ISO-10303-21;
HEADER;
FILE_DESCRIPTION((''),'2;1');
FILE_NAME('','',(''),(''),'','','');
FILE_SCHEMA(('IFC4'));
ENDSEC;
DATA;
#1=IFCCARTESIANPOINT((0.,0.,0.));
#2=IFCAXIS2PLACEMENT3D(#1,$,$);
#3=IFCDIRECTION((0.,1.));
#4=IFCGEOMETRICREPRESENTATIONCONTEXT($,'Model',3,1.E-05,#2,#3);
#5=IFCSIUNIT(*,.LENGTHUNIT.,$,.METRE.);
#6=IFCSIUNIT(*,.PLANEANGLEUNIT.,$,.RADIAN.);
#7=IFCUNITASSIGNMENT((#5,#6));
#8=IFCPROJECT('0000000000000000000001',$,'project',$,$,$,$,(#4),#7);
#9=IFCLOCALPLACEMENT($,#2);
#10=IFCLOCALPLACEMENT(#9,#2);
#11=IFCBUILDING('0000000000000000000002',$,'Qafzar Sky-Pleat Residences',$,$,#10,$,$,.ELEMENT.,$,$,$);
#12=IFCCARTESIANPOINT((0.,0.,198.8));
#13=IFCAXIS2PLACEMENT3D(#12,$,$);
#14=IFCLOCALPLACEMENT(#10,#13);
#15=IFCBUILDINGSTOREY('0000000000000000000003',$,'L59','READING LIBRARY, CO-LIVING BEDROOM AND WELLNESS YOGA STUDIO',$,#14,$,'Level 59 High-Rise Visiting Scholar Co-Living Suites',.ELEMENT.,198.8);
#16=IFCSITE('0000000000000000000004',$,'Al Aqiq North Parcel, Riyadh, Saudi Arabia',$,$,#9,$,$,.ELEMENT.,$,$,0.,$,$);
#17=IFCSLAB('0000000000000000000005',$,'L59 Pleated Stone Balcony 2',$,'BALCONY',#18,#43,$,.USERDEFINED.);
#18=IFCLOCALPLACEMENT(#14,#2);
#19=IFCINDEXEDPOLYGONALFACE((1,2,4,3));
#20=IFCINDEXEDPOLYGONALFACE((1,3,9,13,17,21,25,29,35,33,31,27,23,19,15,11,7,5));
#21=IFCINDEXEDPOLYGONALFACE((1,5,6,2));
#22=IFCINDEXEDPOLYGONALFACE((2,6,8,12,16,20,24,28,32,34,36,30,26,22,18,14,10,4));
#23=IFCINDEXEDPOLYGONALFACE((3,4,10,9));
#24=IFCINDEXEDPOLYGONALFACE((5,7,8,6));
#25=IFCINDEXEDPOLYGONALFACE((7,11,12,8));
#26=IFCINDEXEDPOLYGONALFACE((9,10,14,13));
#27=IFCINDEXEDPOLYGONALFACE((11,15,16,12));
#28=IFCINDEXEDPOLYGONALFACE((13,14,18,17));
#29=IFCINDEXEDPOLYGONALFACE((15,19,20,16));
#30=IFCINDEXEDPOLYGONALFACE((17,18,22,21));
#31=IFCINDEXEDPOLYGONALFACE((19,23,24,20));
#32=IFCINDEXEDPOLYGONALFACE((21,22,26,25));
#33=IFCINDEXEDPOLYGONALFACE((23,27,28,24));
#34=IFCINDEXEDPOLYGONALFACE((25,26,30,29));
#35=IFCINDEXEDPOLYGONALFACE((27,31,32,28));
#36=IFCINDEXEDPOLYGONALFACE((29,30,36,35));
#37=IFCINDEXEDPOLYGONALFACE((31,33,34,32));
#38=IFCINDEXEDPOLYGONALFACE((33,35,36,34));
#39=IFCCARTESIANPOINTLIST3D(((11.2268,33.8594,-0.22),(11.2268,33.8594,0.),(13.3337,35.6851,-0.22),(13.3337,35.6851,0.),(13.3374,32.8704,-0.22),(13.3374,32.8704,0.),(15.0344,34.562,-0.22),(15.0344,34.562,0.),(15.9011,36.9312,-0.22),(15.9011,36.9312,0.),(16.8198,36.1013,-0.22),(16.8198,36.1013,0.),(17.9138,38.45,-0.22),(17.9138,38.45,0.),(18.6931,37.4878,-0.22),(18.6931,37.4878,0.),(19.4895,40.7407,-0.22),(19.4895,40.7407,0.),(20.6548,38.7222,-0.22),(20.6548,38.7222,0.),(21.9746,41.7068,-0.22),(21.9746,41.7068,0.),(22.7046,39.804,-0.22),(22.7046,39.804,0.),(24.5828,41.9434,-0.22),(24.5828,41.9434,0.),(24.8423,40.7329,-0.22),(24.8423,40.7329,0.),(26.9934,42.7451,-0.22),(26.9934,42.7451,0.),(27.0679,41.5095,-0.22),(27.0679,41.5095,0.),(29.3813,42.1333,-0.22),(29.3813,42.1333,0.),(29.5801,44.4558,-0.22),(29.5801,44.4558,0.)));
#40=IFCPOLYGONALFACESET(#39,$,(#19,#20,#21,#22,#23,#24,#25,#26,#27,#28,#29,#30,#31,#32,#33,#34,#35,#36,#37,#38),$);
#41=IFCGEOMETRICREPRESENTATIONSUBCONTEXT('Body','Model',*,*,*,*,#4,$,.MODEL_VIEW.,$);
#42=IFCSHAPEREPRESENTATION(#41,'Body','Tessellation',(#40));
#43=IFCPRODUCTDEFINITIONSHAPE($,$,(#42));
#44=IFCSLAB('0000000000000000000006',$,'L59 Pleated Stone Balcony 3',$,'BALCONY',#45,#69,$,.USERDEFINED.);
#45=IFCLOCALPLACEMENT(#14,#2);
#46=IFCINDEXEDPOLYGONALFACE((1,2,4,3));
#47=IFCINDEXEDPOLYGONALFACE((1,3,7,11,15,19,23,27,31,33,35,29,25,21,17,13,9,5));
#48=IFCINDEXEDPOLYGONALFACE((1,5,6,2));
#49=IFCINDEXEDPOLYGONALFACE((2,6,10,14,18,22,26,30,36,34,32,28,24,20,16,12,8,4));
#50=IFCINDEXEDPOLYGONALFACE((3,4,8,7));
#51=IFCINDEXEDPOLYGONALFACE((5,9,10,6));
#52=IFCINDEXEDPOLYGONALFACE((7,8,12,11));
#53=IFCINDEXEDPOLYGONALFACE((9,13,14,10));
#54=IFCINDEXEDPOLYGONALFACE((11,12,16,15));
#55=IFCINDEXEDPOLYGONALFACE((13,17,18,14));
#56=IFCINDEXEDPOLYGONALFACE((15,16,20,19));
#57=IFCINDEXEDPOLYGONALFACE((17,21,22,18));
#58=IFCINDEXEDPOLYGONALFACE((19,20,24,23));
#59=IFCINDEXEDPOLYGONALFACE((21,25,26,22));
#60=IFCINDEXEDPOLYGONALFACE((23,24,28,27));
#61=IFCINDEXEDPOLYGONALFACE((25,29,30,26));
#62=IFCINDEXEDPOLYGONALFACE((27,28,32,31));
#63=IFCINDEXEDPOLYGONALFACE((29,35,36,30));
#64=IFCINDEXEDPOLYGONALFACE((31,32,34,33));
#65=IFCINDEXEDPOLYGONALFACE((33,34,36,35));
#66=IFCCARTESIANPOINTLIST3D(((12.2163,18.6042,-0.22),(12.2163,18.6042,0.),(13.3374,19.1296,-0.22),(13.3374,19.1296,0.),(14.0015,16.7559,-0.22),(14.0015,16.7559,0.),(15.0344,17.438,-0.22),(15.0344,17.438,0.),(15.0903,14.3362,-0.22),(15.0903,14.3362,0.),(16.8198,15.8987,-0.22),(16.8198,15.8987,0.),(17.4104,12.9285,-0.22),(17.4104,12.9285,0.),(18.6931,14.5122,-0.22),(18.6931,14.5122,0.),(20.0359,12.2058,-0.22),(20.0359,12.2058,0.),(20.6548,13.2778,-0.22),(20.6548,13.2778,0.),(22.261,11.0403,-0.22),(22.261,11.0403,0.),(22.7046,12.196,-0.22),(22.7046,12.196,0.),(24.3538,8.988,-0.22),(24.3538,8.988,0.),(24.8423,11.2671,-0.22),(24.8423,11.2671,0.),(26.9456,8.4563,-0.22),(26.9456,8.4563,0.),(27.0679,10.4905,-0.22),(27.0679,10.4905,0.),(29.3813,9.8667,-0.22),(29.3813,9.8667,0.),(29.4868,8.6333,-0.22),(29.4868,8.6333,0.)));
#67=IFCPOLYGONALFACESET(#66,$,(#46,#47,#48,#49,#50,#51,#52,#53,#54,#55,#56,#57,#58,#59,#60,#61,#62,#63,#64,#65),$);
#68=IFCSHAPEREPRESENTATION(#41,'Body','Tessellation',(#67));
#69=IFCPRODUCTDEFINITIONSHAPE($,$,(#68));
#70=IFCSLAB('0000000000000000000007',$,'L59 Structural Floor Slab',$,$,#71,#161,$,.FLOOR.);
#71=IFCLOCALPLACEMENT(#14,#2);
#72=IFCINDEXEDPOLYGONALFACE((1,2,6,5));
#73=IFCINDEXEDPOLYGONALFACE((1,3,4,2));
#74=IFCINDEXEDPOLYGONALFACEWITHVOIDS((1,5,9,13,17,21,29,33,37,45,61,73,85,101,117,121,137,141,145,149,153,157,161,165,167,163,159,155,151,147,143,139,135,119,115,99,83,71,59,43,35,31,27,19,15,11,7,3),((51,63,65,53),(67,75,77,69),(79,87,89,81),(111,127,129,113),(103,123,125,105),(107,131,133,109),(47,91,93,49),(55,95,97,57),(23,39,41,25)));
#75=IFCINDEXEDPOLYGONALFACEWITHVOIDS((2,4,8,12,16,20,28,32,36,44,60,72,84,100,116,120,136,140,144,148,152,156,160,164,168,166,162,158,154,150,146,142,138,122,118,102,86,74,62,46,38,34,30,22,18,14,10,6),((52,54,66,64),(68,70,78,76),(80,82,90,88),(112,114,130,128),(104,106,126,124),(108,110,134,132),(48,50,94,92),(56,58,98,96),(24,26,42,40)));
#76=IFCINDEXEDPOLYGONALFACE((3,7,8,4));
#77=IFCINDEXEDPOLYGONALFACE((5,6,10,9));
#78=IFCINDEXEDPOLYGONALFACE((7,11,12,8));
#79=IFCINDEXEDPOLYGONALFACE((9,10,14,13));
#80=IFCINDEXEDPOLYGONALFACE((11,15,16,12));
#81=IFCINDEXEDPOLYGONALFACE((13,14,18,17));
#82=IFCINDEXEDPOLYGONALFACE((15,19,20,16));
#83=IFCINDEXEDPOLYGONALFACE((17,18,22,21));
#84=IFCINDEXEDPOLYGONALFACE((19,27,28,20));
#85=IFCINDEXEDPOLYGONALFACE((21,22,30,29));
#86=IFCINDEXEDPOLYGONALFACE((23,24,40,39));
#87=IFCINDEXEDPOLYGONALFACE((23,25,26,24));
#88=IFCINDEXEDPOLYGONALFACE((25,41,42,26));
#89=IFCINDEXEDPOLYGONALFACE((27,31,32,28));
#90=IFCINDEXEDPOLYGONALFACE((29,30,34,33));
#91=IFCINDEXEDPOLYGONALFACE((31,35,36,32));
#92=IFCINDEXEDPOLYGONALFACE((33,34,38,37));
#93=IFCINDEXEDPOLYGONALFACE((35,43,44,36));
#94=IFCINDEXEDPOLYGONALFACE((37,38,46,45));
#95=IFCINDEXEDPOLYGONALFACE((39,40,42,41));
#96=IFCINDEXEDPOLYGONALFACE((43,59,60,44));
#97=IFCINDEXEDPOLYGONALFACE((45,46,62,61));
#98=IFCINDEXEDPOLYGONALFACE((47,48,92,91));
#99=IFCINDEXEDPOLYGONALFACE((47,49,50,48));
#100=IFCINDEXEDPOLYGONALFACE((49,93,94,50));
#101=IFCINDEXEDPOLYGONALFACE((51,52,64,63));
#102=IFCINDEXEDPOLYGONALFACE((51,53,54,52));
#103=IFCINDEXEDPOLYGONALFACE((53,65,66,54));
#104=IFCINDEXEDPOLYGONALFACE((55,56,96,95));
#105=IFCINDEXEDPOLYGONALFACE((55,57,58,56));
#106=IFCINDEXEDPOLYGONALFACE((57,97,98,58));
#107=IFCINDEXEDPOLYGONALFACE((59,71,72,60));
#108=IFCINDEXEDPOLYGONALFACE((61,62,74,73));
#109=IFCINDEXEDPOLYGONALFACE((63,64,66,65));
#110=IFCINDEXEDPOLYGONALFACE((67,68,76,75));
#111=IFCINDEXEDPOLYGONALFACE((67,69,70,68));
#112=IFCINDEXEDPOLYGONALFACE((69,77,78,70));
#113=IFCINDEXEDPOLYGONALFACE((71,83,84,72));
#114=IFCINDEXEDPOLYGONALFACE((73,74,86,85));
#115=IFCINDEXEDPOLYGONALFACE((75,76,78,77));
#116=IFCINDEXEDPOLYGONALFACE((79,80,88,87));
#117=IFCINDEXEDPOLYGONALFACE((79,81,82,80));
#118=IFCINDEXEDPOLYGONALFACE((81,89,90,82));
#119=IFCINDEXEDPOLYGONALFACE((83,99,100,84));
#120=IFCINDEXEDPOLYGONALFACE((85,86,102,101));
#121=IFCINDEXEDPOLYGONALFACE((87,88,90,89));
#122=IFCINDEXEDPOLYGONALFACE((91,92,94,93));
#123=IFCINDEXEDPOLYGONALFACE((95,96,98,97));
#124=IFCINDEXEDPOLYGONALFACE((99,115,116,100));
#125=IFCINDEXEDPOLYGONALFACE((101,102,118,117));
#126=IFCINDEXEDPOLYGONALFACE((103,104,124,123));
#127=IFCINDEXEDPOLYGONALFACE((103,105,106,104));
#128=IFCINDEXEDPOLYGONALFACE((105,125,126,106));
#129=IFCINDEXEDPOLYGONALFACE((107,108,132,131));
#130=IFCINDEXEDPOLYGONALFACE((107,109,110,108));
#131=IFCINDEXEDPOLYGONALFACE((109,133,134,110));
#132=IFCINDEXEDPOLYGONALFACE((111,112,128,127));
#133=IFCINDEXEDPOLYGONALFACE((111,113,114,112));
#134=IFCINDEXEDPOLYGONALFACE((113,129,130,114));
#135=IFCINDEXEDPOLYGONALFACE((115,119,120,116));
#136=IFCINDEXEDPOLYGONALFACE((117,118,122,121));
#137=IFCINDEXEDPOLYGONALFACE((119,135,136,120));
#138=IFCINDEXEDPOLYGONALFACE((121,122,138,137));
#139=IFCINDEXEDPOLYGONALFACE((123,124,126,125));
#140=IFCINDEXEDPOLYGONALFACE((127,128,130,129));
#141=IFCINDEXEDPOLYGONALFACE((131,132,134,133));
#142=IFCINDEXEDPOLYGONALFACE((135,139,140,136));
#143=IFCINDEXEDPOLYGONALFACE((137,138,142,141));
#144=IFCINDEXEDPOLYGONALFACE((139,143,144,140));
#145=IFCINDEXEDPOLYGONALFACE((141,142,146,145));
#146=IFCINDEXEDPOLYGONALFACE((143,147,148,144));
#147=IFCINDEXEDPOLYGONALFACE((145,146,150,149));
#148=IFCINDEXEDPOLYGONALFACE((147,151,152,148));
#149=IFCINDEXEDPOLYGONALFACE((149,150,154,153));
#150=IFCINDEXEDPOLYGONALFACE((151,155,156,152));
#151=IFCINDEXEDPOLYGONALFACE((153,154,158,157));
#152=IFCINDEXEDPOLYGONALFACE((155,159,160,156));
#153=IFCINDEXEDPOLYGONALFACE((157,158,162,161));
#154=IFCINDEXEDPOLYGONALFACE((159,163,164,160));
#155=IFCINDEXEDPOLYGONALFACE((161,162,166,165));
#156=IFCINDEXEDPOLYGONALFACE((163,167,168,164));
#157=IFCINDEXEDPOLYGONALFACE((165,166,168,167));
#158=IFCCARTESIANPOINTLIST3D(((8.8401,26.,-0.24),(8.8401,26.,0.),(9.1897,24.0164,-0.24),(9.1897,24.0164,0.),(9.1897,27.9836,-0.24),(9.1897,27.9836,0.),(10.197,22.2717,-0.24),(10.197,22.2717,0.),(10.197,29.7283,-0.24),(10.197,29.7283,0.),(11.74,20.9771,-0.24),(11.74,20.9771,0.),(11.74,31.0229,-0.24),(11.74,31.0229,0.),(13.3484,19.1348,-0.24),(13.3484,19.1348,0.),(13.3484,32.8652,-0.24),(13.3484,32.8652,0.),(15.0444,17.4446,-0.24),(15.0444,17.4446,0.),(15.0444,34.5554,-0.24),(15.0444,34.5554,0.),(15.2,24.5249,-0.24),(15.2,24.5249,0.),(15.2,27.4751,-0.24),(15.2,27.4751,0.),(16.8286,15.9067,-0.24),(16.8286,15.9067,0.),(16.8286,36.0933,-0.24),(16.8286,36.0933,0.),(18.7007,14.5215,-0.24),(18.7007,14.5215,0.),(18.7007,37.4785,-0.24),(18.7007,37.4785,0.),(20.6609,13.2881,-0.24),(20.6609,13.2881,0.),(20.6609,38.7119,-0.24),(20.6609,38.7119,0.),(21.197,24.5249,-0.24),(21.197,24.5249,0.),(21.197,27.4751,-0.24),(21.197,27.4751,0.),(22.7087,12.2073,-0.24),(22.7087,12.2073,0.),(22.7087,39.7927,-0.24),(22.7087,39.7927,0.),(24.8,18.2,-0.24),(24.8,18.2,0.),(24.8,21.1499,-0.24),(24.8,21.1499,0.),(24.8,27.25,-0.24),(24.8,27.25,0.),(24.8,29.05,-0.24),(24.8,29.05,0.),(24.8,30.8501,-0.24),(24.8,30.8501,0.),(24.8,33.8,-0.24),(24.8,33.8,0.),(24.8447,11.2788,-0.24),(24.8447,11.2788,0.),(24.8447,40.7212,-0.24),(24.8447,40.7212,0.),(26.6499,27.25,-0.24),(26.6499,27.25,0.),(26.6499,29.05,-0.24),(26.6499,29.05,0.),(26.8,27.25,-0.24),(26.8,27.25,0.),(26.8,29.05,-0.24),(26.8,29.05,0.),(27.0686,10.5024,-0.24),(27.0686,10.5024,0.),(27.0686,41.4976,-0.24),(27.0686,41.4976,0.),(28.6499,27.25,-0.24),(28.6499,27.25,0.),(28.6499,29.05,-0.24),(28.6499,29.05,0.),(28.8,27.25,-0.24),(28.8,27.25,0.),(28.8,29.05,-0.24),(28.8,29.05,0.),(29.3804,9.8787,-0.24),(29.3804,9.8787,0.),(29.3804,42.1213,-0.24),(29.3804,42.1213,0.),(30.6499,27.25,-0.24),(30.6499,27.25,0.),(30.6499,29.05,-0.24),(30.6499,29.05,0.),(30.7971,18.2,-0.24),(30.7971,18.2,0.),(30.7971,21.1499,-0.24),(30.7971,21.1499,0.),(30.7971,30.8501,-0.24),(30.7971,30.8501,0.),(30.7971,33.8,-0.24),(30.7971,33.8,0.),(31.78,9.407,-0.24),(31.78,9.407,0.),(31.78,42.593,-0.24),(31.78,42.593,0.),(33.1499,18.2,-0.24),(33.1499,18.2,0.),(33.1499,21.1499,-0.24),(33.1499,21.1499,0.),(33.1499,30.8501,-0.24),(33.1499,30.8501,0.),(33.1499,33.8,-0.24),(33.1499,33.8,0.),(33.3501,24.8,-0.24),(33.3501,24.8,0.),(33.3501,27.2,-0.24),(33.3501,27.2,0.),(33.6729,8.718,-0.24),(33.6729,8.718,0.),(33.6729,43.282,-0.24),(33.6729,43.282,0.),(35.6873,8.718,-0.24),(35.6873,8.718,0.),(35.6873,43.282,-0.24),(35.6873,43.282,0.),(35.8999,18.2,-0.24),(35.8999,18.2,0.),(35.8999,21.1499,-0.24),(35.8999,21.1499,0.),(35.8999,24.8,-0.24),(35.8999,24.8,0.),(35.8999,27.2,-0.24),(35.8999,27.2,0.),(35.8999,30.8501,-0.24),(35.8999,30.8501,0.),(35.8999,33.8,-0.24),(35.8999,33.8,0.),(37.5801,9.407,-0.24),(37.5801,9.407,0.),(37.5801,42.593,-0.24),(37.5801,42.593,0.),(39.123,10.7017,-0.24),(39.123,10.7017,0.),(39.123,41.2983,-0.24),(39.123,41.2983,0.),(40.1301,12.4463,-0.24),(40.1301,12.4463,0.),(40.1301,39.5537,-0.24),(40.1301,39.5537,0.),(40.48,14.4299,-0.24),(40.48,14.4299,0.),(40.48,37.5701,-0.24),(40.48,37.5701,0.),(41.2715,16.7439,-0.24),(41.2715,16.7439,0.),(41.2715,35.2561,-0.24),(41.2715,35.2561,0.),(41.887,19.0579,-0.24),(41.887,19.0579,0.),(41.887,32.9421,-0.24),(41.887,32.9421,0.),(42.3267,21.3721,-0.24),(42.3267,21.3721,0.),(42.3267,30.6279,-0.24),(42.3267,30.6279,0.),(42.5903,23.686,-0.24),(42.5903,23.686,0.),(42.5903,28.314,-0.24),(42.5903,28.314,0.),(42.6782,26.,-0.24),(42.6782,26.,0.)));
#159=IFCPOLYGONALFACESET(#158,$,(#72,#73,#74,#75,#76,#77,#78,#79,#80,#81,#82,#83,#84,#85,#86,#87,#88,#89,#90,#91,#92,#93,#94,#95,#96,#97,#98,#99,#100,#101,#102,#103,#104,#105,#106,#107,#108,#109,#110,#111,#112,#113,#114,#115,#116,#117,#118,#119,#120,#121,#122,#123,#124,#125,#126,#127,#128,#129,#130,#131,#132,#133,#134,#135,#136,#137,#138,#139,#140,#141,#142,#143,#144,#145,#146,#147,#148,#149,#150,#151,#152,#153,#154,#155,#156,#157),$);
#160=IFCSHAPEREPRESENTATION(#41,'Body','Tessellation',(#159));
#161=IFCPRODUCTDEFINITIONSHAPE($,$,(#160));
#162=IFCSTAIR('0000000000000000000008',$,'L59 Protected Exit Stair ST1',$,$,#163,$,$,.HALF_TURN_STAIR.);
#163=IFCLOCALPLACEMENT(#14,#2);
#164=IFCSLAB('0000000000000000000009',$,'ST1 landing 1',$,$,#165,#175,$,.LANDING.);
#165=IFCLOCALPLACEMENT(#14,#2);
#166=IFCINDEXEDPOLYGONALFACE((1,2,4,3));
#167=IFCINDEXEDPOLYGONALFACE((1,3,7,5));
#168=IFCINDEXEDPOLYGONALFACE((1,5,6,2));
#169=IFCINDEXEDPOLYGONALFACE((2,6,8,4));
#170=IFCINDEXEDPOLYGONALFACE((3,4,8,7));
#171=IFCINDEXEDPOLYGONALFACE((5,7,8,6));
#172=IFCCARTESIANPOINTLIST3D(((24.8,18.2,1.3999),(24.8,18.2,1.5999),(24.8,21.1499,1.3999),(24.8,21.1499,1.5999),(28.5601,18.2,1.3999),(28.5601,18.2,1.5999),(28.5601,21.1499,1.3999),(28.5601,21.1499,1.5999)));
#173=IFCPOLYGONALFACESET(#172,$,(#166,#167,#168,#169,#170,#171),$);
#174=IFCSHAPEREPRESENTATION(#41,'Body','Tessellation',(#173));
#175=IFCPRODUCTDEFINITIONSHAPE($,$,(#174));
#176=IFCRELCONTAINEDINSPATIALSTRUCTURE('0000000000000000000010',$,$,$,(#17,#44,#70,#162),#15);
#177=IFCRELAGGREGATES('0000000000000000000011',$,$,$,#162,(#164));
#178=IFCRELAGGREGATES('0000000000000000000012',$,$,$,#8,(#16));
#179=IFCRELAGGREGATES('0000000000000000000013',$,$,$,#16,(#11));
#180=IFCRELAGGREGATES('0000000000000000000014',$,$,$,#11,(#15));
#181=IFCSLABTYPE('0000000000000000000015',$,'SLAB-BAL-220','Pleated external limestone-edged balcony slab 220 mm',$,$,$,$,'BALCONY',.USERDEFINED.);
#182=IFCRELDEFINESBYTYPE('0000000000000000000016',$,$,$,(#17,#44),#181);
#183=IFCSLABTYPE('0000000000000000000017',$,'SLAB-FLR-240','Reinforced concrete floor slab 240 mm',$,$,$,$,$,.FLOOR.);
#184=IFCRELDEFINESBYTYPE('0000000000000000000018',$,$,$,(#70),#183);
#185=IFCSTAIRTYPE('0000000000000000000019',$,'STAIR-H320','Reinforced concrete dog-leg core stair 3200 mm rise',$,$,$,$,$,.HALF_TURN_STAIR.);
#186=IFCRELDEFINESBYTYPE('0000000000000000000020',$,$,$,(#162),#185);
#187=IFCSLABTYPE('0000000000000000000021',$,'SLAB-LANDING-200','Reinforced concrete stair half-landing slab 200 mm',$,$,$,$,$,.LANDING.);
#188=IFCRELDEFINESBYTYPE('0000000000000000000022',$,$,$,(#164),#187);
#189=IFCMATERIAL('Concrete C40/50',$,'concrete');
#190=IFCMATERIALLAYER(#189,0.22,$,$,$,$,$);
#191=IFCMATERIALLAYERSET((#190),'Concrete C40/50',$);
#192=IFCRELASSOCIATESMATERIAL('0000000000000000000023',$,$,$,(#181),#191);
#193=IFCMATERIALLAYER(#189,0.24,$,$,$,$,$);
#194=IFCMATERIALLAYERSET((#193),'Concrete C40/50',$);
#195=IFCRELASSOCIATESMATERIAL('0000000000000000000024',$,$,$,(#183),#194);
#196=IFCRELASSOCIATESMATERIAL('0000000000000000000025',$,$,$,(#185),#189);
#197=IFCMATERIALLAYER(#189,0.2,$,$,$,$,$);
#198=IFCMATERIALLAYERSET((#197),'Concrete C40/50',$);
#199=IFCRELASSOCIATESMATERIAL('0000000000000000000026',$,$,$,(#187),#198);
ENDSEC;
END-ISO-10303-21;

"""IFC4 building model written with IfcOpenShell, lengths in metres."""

from ifc_helpers import new_model, si_unit, direction, frame, origin, place, context, subcontext, project, spatial, polyline, outline, extrude, material, layer, layer_set, type_object, element, aggregate, save


model = new_model("IFC4")

# Units and contexts
model_context = context("Model", 3, precision=1e-05, world=origin(), true_north=direction((0.0, 1.0)))
body_context = subcontext(model_context, "Body", "Model", "MODEL_VIEW")
ifc_project = project(units=[si_unit("LENGTHUNIT", "METRE"), si_unit("PLANEANGLEUNIT", "RADIAN")], contexts=[model_context])

# Site, building, storey
site_placement = place(None, origin())
site = spatial("IfcSite", under=ifc_project, at=site_placement, Name="Al Aqiq North Parcel, Riyadh, Saudi Arabia", CompositionType="ELEMENT", RefElevation=0.0)
building_placement = place(site_placement, origin())
building = spatial("IfcBuilding", under=site, at=building_placement, Name="Qafzar Sky-Pleat Residences", CompositionType="ELEMENT")
storey_placement = place(building_placement, frame((0.0, 0.0, 198.8)))
storey = spatial("IfcBuildingStorey", under=building, at=storey_placement, Name="L59", Description="READING LIBRARY, CO-LIVING BEDROOM AND WELLNESS YOGA STUDIO", LongName="Level 59 High-Rise Visiting Scholar Co-Living Suites", CompositionType="ELEMENT", Elevation=198.8)

# Slabs
ifc_material_1 = material(Name="Concrete C40/50", Category="concrete")
ifc_layer_1 = layer(ifc_material_1, 0.22)
ifc_layer_set_1 = layer_set([ifc_layer_1], Name="Concrete C40/50")
slab_type_1 = type_object("IfcSlabType", Name="SLAB-BAL-220", Description="Pleated external limestone-edged balcony slab 220 mm", ElementType="BALCONY", PredefinedType="USERDEFINED", material=ifc_layer_set_1)
slab_1_placement = place(storey_placement, frame((0.0, 0.0, -0.22)))
element("IfcSlab", 1, at=slab_1_placement, inside=storey, type_object=slab_type_1, Name="L59 Pleated Stone Balcony 2", ObjectType="BALCONY", PredefinedType="USERDEFINED", context=body_context, shape_type="SweptSolid", body=[
    extrude(outline(polyline([(27.0679, 41.5095), (24.8423, 40.7329), (22.7046, 39.804), (20.6548, 38.7222), (18.6931, 37.4878), (16.8198, 36.1013), (15.0344, 34.562), (13.3374, 32.8704), (11.2268, 33.8594), (13.3337, 35.6851), (15.9011, 36.9312), (17.9138, 38.45), (19.4895, 40.7407), (21.9746, 41.7068), (24.5828, 41.9434), (26.9934, 42.7451), (29.5801, 44.4558), (29.3813, 42.1333), (27.0679, 41.5095)])), origin(), (0.0, 0.0, 1.0), 0.22),
])
slab_2_placement = place(storey_placement, frame((0.0, 0.0, -0.22)))
element("IfcSlab", 2, at=slab_2_placement, inside=storey, type_object=slab_type_1, Name="L59 Pleated Stone Balcony 3", ObjectType="BALCONY", PredefinedType="USERDEFINED", context=body_context, shape_type="SweptSolid", body=[
    extrude(outline(polyline([(15.0344, 17.438), (16.8198, 15.8987), (18.6931, 14.5122), (20.6548, 13.2778), (22.7046, 12.196), (24.8423, 11.2671), (27.0679, 10.4905), (29.3813, 9.8667), (29.4868, 8.6333), (26.9456, 8.4563), (24.3538, 8.988), (22.261, 11.0403), (20.0359, 12.2058), (17.4104, 12.9285), (15.0903, 14.3362), (14.0015, 16.7559), (12.2163, 18.6042), (13.3374, 19.1296), (15.0344, 17.438)])), origin(), (0.0, 0.0, 1.0), 0.22),
])
ifc_layer_2 = layer(ifc_material_1, 0.24)
ifc_layer_set_2 = layer_set([ifc_layer_2], Name="Concrete C40/50")
slab_type_2 = type_object("IfcSlabType", Name="SLAB-FLR-240", Description="Reinforced concrete floor slab 240 mm", PredefinedType="FLOOR", material=ifc_layer_set_2)
slab_3_placement = place(storey_placement, frame((0.0, 0.0, -0.24)))
element("IfcSlab", 3, at=slab_3_placement, inside=storey, type_object=slab_type_2, Name="L59 Structural Floor Slab", PredefinedType="FLOOR", context=body_context, shape_type="SweptSolid", body=[
    extrude(outline(polyline([(11.74, 31.0229), (10.197, 29.7283), (9.1897, 27.9836), (8.8401, 26.0), (9.1897, 24.0164), (10.197, 22.2717), (11.74, 20.9771), (13.3484, 19.1348), (15.0444, 17.4446), (16.8286, 15.9067), (18.7007, 14.5215), (20.6609, 13.2881), (22.7087, 12.2073), (24.8447, 11.2788), (27.0686, 10.5024), (29.3804, 9.8787), (31.78, 9.407), (33.6729, 8.718), (35.6873, 8.718), (37.5801, 9.407), (39.123, 10.7017), (40.1301, 12.4463), (40.48, 14.4299), (41.2715, 16.7439), (41.887, 19.0579), (42.3267, 21.3721), (42.5903, 23.686), (42.6782, 26.0), (42.5903, 28.314), (42.3267, 30.6279), (41.887, 32.9421), (41.2715, 35.2561), (40.48, 37.5701), (40.1301, 39.5537), (39.123, 41.2983), (37.5801, 42.593), (35.6873, 43.282), (33.6729, 43.282), (31.78, 42.593), (29.3804, 42.1213), (27.0686, 41.4976), (24.8447, 40.7212), (22.7087, 39.7927), (20.6609, 38.7119), (18.7007, 37.4785), (16.8286, 36.0933), (15.0444, 34.5554), (13.3484, 32.8652), (11.74, 31.0229)]), holes=[polyline([(30.7971, 21.1499), (24.8, 21.1499), (24.8, 18.2), (30.7971, 18.2), (30.7971, 21.1499)]), polyline([(30.7971, 33.8), (24.8, 33.8), (24.8, 30.8501), (30.7971, 30.8501), (30.7971, 33.8)]), polyline([(21.197, 27.4751), (15.2, 27.4751), (15.2, 24.5249), (21.197, 24.5249), (21.197, 27.4751)]), polyline([(24.8, 27.25), (26.6499, 27.25), (26.6499, 29.05), (24.8, 29.05), (24.8, 27.25)]), polyline([(26.8, 27.25), (28.6499, 27.25), (28.6499, 29.05), (26.8, 29.05), (26.8, 27.25)]), polyline([(28.8, 27.25), (30.6499, 27.25), (30.6499, 29.05), (28.8, 29.05), (28.8, 27.25)]), polyline([(33.1499, 18.2), (35.8999, 18.2), (35.8999, 21.1499), (33.1499, 21.1499), (33.1499, 18.2)]), polyline([(33.1499, 30.8501), (35.8999, 30.8501), (35.8999, 33.8), (33.1499, 33.8), (33.1499, 30.8501)]), polyline([(33.3501, 24.8), (35.8999, 24.8), (35.8999, 27.2), (33.3501, 27.2), (33.3501, 24.8)])]), origin(), (0.0, 0.0, 1.0), 0.24),
])

# Stair, slab
stair_type = type_object("IfcStairType", Name="STAIR-H320", Description="Reinforced concrete dog-leg core stair 3200 mm rise", PredefinedType="HALF_TURN_STAIR", material=ifc_material_1)
stair_1_placement = place(storey_placement, origin())
stair_1 = element("IfcStair", 4, at=stair_1_placement, inside=storey, type_object=stair_type, Name="L59 Protected Exit Stair ST1", PredefinedType="HALF_TURN_STAIR")
ifc_layer_3 = layer(ifc_material_1, 0.2)
ifc_layer_set_3 = layer_set([ifc_layer_3], Name="Concrete C40/50")
slab_type_3 = type_object("IfcSlabType", Name="SLAB-LANDING-200", Description="Reinforced concrete stair half-landing slab 200 mm", PredefinedType="LANDING", material=ifc_layer_set_3)
slab_4_placement = place(storey_placement, frame((0.0, 0.0, 1.3999)))
slab_4 = element("IfcSlab", 5, at=slab_4_placement, type_object=slab_type_3, Name="ST1 landing 1", PredefinedType="LANDING", context=body_context, shape_type="SweptSolid", body=[
    extrude(outline(polyline([(28.5601, 21.1499), (24.8, 21.1499), (24.8, 18.2), (28.5601, 18.2), (28.5601, 21.1499)])), origin(), (0.0, 0.0, 1.0), 0.2),
])
aggregate(stair_1, [slab_4])

save(model, "model.ifc")
